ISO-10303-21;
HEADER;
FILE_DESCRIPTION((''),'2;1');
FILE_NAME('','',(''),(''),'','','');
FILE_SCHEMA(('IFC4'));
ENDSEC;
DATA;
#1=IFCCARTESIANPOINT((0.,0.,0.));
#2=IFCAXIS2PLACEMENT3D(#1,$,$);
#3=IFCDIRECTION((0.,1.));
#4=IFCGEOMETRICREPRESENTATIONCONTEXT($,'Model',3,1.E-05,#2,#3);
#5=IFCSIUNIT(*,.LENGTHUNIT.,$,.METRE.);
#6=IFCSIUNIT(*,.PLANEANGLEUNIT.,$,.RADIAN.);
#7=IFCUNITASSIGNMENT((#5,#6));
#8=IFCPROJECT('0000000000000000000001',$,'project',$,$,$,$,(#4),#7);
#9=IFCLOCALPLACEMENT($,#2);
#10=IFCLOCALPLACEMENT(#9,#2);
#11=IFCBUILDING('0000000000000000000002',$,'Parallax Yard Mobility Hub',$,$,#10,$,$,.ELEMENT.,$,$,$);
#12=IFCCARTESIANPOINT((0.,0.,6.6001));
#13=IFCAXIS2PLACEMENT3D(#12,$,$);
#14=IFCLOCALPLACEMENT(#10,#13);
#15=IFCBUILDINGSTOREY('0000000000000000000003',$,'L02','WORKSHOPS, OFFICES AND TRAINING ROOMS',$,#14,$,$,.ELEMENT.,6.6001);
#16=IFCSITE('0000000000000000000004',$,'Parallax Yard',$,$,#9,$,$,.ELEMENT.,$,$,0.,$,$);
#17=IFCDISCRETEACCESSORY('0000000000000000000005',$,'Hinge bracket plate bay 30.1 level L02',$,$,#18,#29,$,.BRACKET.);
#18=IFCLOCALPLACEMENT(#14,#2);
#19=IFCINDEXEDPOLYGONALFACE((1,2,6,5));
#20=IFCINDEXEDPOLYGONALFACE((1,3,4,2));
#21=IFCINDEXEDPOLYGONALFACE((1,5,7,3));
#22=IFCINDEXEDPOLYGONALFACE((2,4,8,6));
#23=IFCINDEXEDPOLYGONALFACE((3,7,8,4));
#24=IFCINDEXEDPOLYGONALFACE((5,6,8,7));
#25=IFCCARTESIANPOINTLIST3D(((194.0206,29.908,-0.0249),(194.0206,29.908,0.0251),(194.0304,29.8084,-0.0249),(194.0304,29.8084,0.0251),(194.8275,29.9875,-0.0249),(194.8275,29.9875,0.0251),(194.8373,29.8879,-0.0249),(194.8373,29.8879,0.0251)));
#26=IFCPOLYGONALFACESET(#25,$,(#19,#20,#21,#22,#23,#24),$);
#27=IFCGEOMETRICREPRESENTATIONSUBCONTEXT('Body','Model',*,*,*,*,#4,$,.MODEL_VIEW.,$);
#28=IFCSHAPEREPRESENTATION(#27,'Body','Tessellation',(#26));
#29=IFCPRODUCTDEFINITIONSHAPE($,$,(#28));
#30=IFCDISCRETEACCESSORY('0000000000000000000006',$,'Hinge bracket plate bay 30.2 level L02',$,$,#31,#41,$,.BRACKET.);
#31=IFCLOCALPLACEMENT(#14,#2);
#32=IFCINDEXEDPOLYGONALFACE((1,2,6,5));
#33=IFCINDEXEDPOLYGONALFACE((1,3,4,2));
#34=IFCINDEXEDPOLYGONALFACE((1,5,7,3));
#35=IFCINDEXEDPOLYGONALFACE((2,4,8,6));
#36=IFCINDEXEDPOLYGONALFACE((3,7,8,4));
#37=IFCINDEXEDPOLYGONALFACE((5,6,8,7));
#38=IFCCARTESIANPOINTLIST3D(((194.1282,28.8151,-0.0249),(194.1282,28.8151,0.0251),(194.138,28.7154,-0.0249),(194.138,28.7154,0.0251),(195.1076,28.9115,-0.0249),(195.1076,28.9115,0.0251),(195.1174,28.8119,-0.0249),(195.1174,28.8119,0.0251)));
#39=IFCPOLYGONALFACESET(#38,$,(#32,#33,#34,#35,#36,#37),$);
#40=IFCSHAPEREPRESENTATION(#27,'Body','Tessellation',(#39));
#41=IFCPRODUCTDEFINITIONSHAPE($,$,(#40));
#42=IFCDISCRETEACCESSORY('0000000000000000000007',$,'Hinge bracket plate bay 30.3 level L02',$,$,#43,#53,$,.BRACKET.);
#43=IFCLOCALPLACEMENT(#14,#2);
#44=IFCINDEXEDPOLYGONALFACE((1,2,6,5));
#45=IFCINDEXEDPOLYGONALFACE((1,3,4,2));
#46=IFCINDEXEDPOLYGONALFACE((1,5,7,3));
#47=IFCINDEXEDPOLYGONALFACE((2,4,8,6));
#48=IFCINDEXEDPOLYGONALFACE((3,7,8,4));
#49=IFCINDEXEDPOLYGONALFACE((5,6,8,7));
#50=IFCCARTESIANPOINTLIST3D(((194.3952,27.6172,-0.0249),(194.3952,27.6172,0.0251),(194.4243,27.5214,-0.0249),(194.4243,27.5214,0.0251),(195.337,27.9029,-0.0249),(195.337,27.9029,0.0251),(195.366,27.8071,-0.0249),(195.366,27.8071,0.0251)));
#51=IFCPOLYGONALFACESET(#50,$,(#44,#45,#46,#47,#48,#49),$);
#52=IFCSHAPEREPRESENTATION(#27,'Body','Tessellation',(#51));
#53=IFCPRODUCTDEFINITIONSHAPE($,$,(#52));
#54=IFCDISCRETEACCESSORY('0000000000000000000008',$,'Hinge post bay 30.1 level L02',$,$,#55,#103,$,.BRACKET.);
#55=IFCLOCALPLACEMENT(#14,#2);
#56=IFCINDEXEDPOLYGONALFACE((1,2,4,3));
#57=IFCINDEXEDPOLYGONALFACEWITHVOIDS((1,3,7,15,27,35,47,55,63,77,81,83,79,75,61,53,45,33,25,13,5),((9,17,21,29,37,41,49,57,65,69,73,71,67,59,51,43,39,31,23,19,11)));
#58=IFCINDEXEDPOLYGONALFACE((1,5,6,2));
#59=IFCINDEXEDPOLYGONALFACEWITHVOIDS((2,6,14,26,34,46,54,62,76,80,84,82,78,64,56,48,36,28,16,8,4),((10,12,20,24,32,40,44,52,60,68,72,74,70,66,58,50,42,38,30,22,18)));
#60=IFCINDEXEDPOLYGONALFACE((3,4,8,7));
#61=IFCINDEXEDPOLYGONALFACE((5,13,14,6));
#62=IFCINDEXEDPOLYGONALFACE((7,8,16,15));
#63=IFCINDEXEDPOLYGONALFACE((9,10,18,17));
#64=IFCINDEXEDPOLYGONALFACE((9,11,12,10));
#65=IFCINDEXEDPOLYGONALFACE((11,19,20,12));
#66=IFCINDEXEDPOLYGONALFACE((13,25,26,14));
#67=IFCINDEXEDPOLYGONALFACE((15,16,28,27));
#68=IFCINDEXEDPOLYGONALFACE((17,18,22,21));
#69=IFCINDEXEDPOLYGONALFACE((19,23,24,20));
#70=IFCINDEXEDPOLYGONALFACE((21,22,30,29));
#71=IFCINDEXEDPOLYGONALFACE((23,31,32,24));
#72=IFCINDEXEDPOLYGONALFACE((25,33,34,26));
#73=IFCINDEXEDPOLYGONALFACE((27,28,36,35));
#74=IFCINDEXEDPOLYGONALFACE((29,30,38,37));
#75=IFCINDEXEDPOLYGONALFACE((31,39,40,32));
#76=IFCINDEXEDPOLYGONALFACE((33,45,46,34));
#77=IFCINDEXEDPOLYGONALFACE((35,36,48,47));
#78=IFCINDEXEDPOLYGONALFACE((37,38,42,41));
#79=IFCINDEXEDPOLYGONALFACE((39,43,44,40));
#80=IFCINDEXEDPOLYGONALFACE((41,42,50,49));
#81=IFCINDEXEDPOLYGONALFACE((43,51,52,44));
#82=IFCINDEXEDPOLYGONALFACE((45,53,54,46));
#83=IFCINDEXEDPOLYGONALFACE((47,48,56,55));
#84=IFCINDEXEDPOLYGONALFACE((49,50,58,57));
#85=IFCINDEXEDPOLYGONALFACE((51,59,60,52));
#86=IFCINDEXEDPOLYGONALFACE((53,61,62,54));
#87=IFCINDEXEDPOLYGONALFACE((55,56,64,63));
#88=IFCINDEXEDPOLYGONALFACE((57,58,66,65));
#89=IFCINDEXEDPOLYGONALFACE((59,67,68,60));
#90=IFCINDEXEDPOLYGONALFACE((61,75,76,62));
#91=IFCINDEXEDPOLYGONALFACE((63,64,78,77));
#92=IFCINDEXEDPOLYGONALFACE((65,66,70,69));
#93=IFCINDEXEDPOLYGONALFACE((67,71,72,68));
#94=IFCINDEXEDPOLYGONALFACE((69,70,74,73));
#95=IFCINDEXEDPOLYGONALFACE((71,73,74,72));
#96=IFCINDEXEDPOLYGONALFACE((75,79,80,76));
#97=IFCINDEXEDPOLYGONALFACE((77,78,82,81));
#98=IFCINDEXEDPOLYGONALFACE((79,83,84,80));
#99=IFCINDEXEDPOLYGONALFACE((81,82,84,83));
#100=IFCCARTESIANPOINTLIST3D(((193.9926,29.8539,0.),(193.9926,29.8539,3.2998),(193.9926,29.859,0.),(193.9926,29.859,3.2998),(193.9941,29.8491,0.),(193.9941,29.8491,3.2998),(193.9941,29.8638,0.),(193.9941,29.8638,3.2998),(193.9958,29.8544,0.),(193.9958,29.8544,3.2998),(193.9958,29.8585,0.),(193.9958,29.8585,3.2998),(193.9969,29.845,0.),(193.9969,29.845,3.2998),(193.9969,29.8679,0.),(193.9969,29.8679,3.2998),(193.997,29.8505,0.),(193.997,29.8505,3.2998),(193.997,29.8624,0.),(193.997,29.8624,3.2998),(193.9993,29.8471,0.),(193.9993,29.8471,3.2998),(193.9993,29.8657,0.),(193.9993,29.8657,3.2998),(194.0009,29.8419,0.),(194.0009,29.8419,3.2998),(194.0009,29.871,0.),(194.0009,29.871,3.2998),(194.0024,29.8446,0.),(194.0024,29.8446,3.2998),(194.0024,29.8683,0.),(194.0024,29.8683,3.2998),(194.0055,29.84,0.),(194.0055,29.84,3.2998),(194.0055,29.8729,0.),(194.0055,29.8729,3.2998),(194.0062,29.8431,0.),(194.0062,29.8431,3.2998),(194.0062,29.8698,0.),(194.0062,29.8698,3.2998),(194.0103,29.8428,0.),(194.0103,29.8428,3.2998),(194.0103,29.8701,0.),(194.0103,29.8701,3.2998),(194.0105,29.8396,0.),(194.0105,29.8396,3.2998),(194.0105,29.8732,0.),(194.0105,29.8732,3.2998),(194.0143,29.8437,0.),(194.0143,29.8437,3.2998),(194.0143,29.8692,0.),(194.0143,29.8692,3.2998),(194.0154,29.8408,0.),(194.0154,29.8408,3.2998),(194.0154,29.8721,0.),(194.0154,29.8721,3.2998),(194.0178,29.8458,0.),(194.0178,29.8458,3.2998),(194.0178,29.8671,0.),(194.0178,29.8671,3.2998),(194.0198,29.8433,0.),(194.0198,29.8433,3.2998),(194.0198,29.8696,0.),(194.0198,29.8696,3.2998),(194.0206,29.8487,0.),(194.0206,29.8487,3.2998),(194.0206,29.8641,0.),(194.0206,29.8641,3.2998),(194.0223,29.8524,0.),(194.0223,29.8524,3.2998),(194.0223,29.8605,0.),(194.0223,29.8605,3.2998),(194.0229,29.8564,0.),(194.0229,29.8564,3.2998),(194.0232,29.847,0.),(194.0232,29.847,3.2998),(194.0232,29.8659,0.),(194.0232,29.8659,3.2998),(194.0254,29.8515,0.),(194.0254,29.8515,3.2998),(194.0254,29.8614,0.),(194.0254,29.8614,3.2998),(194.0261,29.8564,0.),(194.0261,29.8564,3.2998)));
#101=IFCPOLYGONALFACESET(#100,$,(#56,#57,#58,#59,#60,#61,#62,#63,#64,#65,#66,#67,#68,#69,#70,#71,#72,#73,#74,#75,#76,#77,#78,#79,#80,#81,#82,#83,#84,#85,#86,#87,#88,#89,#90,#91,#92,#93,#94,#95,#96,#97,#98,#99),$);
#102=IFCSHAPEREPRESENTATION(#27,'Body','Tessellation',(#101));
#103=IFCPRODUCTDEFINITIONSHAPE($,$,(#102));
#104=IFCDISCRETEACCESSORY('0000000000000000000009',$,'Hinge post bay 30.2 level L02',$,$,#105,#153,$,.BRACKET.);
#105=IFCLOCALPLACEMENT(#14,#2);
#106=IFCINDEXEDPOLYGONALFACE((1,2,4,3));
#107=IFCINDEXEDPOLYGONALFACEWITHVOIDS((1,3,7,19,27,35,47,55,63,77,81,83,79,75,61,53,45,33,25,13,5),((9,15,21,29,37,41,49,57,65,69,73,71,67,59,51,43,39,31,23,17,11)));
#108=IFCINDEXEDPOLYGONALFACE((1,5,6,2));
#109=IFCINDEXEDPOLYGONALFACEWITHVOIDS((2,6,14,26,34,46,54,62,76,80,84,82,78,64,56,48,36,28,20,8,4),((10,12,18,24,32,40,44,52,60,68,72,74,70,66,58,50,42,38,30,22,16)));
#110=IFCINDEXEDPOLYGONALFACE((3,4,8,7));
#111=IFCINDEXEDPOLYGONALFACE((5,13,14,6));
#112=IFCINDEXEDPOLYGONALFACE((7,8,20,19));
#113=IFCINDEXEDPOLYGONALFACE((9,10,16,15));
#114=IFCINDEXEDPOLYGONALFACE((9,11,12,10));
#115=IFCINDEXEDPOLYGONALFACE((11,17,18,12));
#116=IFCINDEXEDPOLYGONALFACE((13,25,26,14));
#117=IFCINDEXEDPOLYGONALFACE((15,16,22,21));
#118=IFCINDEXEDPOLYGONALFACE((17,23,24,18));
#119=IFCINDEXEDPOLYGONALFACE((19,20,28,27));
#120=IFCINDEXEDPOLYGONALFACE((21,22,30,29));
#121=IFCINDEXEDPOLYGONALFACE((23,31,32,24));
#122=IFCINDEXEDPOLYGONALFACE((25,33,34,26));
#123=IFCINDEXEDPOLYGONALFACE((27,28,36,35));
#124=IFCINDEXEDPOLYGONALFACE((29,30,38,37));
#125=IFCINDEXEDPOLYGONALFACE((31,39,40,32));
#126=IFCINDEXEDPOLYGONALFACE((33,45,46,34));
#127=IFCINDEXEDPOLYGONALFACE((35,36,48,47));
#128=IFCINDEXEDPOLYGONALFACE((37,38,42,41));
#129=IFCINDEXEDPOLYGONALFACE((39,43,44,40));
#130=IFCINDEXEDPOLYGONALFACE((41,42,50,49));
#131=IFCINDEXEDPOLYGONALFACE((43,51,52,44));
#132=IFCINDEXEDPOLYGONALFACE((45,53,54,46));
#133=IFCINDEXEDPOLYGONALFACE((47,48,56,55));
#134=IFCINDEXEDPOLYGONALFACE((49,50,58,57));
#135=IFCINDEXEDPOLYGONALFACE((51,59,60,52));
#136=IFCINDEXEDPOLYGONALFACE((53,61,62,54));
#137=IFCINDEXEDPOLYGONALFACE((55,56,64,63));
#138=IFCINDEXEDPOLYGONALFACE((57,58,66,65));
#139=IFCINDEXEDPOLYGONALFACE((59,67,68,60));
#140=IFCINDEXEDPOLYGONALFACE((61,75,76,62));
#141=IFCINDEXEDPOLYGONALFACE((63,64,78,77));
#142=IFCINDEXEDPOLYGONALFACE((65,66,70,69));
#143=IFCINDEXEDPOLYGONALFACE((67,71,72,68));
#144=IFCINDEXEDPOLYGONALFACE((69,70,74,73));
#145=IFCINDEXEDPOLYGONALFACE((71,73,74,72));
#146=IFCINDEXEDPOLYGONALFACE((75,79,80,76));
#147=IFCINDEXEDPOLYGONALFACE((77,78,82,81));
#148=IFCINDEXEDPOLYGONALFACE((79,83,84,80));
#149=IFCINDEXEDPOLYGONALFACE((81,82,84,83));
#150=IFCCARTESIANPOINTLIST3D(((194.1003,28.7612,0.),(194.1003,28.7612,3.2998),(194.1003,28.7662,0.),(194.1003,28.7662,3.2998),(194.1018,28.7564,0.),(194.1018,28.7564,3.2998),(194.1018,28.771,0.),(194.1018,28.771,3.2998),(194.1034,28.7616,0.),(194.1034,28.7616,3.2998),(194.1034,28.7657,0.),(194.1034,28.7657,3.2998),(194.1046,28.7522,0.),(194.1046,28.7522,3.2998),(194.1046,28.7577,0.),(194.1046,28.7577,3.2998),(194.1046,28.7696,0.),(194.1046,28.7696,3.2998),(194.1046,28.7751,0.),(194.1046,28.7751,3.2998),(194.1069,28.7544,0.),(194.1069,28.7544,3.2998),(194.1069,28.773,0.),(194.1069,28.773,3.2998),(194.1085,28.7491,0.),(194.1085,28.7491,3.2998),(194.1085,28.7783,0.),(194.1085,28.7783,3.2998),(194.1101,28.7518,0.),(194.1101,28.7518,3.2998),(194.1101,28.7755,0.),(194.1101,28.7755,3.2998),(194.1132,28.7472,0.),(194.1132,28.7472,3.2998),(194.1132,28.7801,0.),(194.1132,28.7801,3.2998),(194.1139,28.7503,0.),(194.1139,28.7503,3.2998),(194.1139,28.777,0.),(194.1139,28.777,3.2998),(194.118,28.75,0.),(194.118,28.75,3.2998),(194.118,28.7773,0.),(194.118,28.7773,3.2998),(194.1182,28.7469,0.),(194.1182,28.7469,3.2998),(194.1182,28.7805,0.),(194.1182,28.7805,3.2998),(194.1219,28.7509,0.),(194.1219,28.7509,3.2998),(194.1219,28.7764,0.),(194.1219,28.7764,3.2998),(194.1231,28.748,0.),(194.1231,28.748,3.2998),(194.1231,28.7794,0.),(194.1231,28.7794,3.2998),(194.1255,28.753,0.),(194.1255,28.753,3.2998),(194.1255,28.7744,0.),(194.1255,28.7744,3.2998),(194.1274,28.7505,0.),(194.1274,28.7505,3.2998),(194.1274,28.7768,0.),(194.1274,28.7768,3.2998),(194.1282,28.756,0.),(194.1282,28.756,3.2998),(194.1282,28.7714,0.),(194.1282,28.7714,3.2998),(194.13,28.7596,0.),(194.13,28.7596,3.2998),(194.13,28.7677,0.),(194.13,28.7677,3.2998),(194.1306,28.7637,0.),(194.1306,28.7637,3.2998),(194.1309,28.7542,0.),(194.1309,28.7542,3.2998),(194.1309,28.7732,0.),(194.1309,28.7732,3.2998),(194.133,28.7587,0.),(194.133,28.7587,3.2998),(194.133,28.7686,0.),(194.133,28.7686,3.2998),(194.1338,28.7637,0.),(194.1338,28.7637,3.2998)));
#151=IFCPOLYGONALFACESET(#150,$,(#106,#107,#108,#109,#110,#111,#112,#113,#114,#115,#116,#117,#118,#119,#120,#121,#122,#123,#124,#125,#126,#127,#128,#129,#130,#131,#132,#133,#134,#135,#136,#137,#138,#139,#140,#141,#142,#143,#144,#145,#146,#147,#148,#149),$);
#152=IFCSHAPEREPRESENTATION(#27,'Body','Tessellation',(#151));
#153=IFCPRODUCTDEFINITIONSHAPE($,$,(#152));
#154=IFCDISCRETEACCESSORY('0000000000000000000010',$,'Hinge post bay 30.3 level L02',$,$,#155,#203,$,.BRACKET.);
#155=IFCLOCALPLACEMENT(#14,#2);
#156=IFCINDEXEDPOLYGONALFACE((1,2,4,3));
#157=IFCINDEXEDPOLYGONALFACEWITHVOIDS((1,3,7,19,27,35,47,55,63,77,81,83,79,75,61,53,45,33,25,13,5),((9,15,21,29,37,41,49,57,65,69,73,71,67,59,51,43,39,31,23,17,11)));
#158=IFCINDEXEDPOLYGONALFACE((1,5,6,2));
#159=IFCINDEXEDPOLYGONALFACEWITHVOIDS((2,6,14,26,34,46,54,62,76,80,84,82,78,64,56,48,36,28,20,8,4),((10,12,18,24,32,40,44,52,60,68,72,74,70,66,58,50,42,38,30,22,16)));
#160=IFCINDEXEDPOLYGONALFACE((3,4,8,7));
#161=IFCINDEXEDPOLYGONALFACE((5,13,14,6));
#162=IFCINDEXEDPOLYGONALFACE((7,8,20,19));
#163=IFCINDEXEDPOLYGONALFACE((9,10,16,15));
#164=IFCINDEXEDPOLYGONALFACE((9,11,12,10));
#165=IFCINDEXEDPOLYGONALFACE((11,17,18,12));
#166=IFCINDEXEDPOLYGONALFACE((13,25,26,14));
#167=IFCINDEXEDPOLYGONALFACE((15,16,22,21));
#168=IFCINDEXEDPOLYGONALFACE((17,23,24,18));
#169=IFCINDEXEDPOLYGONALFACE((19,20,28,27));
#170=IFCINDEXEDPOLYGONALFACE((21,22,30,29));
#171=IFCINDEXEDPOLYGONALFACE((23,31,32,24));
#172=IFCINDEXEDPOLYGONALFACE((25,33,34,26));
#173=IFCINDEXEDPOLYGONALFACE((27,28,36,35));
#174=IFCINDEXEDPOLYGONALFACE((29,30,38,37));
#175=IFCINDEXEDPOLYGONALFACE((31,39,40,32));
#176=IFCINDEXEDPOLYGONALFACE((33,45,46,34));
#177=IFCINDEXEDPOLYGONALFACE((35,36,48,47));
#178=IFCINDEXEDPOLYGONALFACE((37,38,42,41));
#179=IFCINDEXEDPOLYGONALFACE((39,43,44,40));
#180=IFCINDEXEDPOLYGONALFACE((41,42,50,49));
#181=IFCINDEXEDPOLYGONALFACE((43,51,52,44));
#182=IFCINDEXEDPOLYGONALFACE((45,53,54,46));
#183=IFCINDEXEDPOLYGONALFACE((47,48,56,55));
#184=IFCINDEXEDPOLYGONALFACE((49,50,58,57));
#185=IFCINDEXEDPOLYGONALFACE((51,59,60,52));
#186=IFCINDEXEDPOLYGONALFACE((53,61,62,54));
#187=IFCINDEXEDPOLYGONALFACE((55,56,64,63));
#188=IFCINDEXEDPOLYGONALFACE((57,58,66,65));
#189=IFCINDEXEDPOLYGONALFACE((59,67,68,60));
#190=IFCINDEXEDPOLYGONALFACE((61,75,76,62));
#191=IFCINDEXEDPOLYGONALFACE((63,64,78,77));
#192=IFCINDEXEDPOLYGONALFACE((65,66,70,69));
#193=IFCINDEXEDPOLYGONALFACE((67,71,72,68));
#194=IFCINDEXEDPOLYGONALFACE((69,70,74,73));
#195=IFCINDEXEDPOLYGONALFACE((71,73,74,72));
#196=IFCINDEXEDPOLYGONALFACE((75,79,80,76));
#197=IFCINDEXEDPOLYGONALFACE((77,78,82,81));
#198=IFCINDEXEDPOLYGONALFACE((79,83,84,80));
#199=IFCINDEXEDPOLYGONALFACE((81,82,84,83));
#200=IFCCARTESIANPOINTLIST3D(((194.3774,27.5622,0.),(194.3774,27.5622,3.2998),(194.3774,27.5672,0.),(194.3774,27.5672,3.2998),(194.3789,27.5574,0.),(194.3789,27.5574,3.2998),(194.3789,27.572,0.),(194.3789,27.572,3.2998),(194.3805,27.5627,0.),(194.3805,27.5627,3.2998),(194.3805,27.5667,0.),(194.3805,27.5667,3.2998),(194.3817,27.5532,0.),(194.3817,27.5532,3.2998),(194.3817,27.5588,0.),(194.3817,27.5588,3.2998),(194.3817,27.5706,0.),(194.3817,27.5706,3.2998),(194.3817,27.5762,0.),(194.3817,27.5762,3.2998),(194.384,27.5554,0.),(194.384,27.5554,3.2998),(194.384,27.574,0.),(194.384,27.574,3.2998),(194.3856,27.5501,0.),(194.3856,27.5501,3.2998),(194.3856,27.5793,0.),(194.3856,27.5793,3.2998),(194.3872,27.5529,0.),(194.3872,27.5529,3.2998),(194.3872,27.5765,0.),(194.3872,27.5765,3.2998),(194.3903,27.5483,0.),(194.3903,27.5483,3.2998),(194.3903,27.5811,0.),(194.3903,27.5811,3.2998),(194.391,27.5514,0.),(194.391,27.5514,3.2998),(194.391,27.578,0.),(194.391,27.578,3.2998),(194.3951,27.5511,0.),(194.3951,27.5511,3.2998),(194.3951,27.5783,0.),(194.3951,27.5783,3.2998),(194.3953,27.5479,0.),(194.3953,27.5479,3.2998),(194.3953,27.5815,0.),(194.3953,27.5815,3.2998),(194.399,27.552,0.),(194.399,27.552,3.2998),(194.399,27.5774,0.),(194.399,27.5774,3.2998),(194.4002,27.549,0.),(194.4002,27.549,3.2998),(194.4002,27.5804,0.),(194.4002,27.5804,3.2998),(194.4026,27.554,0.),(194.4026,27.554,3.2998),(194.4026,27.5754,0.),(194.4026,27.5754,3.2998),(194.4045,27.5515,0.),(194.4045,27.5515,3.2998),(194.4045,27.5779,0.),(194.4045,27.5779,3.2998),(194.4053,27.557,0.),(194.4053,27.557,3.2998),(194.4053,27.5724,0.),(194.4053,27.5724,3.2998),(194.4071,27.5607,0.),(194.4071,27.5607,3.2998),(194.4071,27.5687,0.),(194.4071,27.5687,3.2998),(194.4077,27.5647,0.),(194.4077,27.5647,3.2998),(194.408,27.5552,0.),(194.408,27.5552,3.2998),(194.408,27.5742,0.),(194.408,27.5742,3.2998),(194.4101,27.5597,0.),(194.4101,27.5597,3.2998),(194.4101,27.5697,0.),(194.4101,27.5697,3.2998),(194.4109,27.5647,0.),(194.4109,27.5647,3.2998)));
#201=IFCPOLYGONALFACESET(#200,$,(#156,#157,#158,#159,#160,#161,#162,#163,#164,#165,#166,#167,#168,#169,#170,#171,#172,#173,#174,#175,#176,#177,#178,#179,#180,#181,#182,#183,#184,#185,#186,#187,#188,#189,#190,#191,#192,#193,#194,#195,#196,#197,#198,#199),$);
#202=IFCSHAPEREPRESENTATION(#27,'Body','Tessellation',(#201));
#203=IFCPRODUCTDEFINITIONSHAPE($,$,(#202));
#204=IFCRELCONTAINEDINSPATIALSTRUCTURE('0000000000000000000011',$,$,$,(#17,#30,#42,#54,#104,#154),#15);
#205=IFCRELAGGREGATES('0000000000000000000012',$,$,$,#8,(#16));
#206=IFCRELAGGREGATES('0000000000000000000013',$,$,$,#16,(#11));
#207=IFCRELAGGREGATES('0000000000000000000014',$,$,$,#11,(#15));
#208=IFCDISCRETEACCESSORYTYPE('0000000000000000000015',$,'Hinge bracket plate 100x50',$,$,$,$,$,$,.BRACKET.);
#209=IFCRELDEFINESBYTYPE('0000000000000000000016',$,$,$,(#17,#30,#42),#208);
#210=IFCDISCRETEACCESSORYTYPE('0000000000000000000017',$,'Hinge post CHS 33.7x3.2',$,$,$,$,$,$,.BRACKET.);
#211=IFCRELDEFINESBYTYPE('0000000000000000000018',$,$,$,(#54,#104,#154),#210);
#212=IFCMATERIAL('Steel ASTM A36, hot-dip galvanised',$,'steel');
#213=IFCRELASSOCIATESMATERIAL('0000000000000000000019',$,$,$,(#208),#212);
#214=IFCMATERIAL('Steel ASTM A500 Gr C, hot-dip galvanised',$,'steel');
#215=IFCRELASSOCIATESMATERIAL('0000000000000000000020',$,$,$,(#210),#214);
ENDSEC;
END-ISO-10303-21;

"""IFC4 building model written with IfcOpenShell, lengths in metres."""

from ifc_helpers import new_model, si_unit, direction, frame, origin, origin_2d, place, context, subcontext, project, spatial, rectangle, hollow_circle, extrude, material, material_profile, profile_set, type_object, element, save


model = new_model("IFC4")

# Units and contexts
model_context = context("Model", 3, precision=1e-05, world=origin(), true_north=direction((0.0, 1.0)))
body_context = subcontext(model_context, "Body", "Model", "MODEL_VIEW")
ifc_project = project(units=[si_unit("LENGTHUNIT", "METRE"), si_unit("PLANEANGLEUNIT", "RADIAN")], contexts=[model_context])

# Site, building, storey
site_placement = place(None, origin())
site = spatial("IfcSite", under=ifc_project, at=site_placement, Name="Parallax Yard", CompositionType="ELEMENT", RefElevation=0.0)
building_placement = place(site_placement, origin())
building = spatial("IfcBuilding", under=site, at=building_placement, Name="Parallax Yard Mobility Hub", CompositionType="ELEMENT")
storey_placement = place(building_placement, frame((0.0, 0.0, 6.6001)))
storey = spatial("IfcBuildingStorey", under=building, at=storey_placement, Name="L02", Description="WORKSHOPS, OFFICES AND TRAINING ROOMS", CompositionType="ELEMENT", Elevation=6.6001)

# Discrete accessories
ifc_material_1 = material(Name="Steel ASTM A36, hot-dip galvanised", Category="steel")
discrete_accessory_type_1 = type_object("IfcDiscreteAccessoryType", Name="Hinge bracket plate 100x50", PredefinedType="BRACKET", material=ifc_material_1)
discrete_accessory_placement = place(storey_placement, frame((194.429, 29.8979, -0.0249), z_axis=(0.0, 0.0, 1.0), x_axis=(-0.995185, -0.098017, 0.0)))
element("IfcDiscreteAccessory", 1, at=discrete_accessory_placement, inside=storey, type_object=discrete_accessory_type_1, Name="Hinge bracket plate bay 30.1 level L02", PredefinedType="BRACKET", context=body_context, shape_type="SweptSolid", body=[
    extrude(rectangle(XDim=0.8108, YDim=0.1001, at=origin_2d()), origin(), (0.0, 0.0, 1.0), 0.05),
])
for number, where, z_axis, x_axis, name in (
    (2, (194.6228, 28.8135, -0.0249), (0.0, 0.0, 1.0), (-0.995185, -0.098017, 0.0), "Hinge bracket plate bay 30.2 level L02"),
    (3, (194.8806, 27.7122, -0.0249), (0.0, 0.0, 1.0), (-0.95694, -0.290285, 0.0), "Hinge bracket plate bay 30.3 level L02"),
):
    element("IfcDiscreteAccessory", number, at=place(storey_placement, frame(where, z_axis=z_axis, x_axis=x_axis)), inside=storey, type_object=discrete_accessory_type_1, Name=name, PredefinedType="BRACKET", context=body_context, shape_type="SweptSolid", body=[
        extrude(rectangle(XDim=0.9841, YDim=0.1001, at=origin_2d()), origin(), (0.0, 0.0, 1.0), 0.05),
    ])
ifc_material_2 = material(Name="Steel ASTM A500 Gr C, hot-dip galvanised", Category="steel")
ifc_material_profile_1 = material_profile(ifc_material_2, hollow_circle(Radius=0.0168, WallThickness=0.0032, at=origin_2d()), Name="CHS 33.7x3.2")
ifc_profile_set_1 = profile_set([ifc_material_profile_1], Name="Steel ASTM A500 Gr C, hot-dip galvanised")
discrete_accessory_type_2 = type_object("IfcDiscreteAccessoryType", Name="Hinge post CHS 33.7x3.2", PredefinedType="BRACKET", material=ifc_profile_set_1)
for number, where, z_axis, x_axis, name in (
    (4, (194.0093, 29.8564, 0.0), (0.0, 0.0, 1.0), (1.0, 0.0, 0.0), "Hinge post bay 30.1 level L02"),
    (5, (194.1169, 28.7637, 0.0), (0.0, 0.0, 1.0), (1.0, 0.0, 0.0), "Hinge post bay 30.2 level L02"),
    (6, (194.394, 27.5647, 0.0), (0.0, 0.0, 1.0), (1.0, 0.0, 0.0), "Hinge post bay 30.3 level L02"),
):
    element("IfcDiscreteAccessory", number, at=place(storey_placement, frame(where, z_axis=z_axis, x_axis=x_axis)), inside=storey, type_object=discrete_accessory_type_2, Name=name, PredefinedType="BRACKET", context=body_context, shape_type="SweptSolid", body=[
        extrude(hollow_circle(Radius=0.0168, WallThickness=0.0032, at=origin_2d()), origin(), (0.0, 0.0, 1.0), 3.2998),
    ])

save(model, "model.ifc")
